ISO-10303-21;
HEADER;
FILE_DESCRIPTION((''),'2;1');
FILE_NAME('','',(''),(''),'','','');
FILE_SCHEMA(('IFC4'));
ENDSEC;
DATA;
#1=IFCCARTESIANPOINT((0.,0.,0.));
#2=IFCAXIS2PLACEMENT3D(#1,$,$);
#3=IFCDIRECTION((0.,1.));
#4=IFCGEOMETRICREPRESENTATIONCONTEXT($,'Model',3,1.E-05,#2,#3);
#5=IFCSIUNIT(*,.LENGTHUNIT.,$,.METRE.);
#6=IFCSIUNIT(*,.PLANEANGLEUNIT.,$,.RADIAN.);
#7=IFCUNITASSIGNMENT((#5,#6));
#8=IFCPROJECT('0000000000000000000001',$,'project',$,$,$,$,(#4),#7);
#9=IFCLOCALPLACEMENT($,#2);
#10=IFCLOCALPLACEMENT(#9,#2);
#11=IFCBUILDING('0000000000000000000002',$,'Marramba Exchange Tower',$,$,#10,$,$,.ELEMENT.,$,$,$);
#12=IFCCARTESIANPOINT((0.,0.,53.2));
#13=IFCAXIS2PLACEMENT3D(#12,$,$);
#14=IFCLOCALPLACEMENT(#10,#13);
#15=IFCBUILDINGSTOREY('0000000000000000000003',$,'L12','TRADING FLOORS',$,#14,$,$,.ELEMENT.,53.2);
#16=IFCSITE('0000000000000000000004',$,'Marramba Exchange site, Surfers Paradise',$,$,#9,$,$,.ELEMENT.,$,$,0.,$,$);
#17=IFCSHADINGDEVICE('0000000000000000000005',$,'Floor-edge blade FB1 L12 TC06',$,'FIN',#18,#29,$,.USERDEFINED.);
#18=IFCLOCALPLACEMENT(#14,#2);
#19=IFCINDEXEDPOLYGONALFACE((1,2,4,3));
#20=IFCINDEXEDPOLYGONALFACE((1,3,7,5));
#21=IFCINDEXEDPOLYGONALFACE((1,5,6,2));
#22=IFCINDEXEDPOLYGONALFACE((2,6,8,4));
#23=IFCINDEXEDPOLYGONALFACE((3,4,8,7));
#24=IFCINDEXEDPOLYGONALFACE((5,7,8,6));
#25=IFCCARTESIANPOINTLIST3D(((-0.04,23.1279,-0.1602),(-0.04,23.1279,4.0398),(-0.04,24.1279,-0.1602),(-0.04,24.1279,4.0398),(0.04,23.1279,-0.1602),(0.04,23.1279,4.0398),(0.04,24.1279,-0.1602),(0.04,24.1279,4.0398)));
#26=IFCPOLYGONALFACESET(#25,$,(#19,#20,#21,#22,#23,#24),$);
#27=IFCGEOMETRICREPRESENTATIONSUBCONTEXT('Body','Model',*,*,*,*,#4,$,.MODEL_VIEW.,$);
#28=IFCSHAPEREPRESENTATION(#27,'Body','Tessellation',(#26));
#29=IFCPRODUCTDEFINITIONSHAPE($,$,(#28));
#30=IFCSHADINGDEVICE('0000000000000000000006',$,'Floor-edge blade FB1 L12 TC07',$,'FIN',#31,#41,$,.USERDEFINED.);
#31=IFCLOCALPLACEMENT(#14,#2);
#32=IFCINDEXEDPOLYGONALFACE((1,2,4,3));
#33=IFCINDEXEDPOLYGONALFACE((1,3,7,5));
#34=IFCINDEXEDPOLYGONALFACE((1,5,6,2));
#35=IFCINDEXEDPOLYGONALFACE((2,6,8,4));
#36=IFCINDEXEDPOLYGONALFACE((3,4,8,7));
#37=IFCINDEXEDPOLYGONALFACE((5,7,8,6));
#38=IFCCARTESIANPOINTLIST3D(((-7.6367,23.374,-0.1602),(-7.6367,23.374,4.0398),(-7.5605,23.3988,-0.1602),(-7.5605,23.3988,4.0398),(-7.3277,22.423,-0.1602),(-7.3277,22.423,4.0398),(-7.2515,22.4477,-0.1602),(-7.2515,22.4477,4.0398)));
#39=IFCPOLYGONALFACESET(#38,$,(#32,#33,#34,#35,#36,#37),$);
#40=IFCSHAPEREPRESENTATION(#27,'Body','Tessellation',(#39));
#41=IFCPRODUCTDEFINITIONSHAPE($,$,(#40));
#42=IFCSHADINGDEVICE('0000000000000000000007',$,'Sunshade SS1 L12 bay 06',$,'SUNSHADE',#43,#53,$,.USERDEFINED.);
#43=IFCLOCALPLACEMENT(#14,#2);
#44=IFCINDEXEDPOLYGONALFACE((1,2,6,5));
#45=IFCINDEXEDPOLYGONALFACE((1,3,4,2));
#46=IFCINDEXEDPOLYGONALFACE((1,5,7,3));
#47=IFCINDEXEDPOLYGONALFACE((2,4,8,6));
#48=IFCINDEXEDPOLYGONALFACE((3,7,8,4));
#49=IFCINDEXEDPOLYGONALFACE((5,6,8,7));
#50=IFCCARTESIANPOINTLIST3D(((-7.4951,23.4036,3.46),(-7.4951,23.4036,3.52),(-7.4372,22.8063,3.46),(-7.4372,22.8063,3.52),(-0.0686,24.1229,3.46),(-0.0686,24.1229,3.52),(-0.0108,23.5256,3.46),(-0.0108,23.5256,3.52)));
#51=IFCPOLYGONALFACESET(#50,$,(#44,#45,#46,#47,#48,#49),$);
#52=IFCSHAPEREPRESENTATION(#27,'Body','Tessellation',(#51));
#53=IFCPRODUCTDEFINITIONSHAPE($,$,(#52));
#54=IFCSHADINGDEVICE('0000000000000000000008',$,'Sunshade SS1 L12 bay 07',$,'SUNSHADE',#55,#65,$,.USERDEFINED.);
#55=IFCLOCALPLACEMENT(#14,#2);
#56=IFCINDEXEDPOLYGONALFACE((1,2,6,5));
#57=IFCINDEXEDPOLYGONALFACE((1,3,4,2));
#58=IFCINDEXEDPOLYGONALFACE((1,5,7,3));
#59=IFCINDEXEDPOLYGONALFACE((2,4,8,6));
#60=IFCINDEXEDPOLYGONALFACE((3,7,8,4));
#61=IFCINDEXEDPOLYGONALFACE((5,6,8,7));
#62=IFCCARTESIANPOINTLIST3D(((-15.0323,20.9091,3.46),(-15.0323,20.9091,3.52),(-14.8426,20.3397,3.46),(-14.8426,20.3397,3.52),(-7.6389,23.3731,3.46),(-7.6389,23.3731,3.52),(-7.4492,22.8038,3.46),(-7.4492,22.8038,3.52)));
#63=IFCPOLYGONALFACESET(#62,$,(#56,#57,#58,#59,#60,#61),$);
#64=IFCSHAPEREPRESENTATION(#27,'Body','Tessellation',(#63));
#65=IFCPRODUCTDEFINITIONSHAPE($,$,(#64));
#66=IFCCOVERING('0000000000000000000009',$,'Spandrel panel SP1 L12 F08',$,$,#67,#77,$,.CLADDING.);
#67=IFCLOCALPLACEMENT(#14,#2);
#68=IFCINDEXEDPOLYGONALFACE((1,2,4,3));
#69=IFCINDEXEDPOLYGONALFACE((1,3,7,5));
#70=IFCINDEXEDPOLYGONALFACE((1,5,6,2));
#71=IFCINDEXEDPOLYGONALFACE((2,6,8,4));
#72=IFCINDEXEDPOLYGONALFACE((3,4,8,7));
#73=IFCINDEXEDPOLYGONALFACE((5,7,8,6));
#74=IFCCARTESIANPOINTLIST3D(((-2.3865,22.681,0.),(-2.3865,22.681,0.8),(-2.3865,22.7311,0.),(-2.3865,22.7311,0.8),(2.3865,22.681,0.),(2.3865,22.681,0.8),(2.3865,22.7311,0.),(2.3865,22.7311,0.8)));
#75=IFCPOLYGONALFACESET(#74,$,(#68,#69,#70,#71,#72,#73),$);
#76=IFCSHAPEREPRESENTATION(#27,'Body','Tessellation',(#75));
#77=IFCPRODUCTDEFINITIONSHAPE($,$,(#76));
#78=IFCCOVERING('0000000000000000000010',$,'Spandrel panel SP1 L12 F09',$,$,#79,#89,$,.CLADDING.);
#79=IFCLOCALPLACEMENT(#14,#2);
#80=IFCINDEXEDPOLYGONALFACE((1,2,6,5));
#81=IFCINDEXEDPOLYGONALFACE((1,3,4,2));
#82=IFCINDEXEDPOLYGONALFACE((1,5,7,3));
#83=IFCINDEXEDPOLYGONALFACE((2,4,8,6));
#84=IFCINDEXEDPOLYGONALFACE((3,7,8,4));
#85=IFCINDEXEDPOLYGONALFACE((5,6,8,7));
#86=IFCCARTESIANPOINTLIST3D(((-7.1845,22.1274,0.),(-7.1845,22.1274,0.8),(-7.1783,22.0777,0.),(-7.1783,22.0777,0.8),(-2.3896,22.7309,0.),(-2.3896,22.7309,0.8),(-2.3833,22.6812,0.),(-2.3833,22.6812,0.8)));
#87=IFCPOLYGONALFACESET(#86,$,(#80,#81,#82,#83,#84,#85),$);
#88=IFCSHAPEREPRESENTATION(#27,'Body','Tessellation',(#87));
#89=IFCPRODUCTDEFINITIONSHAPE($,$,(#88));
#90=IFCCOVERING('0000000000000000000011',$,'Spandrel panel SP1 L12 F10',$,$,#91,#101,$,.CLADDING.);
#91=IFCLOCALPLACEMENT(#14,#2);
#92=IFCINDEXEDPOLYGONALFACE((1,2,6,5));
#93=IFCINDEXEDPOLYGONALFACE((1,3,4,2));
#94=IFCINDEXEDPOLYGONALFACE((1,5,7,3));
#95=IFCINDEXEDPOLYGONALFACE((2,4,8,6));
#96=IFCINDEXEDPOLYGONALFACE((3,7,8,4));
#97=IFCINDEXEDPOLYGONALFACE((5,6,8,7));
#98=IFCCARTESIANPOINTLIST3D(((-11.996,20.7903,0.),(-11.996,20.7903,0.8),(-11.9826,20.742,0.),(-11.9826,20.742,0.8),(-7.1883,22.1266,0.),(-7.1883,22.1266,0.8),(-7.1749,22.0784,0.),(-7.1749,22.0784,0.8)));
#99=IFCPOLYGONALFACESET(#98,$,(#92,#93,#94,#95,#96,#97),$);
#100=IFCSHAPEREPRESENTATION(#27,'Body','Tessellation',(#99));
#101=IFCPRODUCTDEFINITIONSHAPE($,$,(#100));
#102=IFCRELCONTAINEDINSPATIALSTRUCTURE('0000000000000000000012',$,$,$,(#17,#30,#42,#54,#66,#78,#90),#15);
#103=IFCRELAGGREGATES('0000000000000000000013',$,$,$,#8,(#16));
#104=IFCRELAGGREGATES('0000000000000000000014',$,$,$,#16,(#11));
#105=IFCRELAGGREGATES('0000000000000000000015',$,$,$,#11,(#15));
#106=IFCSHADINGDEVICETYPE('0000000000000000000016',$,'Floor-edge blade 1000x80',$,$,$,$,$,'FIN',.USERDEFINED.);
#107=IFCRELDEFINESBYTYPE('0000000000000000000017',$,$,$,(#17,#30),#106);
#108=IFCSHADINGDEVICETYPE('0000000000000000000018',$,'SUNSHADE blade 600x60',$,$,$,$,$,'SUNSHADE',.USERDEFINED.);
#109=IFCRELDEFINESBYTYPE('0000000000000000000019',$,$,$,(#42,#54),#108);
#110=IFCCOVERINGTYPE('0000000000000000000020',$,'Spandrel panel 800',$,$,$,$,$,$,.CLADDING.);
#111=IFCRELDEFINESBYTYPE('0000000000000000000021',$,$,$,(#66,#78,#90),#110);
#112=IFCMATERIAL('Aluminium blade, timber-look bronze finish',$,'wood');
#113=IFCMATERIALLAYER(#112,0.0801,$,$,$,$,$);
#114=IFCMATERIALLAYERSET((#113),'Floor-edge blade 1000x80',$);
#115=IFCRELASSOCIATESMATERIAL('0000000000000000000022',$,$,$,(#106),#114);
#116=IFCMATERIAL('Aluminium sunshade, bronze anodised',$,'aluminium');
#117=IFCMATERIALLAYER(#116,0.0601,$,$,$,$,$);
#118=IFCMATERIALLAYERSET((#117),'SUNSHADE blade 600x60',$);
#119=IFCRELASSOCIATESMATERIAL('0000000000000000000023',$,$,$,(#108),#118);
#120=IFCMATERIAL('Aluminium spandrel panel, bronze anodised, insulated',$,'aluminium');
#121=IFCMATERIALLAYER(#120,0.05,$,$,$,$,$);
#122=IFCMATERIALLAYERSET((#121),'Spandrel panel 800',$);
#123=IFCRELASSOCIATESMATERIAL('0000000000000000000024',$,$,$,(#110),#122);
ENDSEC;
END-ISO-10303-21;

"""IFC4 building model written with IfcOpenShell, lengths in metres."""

from ifc_helpers import new_model, si_unit, direction, frame, origin, origin_2d, place, context, subcontext, project, spatial, rectangle, extrude, material, layer, layer_set, type_object, element, save


model = new_model("IFC4")

# Units and contexts
model_context = context("Model", 3, precision=1e-05, world=origin(), true_north=direction((0.0, 1.0)))
body_context = subcontext(model_context, "Body", "Model", "MODEL_VIEW")
ifc_project = project(units=[si_unit("LENGTHUNIT", "METRE"), si_unit("PLANEANGLEUNIT", "RADIAN")], contexts=[model_context])

# Site, building, storey
site_placement = place(None, origin())
site = spatial("IfcSite", under=ifc_project, at=site_placement, Name="Marramba Exchange site, Surfers Paradise", CompositionType="ELEMENT", RefElevation=0.0)
building_placement = place(site_placement, origin())
building = spatial("IfcBuilding", under=site, at=building_placement, Name="Marramba Exchange Tower", CompositionType="ELEMENT")
storey_placement = place(building_placement, frame((0.0, 0.0, 53.2)))
storey = spatial("IfcBuildingStorey", under=building, at=storey_placement, Name="L12", Description="TRADING FLOORS", CompositionType="ELEMENT", Elevation=53.2)

# Shading devices
ifc_material_1 = material(Name="Aluminium blade, timber-look bronze finish", Category="wood")
ifc_layer_1 = layer(ifc_material_1, 0.0801)
ifc_layer_set_1 = layer_set([ifc_layer_1], Name="Floor-edge blade 1000x80")
shading_device_type_1 = type_object("IfcShadingDeviceType", Name="Floor-edge blade 1000x80", ElementType="FIN", PredefinedType="USERDEFINED", material=ifc_layer_set_1)
for number, where, z_axis, x_axis, name in (
    (1, (0.0, 23.6279, -0.1602), (0.0, 0.0, 1.0), (0.0, 1.0, 0.0), "Floor-edge blade FB1 L12 TC06"),
    (2, (-7.4441, 22.9109, -0.1602), (0.0, 0.0, 1.0), (-0.309017, 0.951057, 0.0), "Floor-edge blade FB1 L12 TC07"),
):
    element("IfcShadingDevice", number, at=place(storey_placement, frame(where, z_axis=z_axis, x_axis=x_axis)), inside=storey, type_object=shading_device_type_1, Name=name, ObjectType="FIN", PredefinedType="USERDEFINED", context=body_context, shape_type="SweptSolid", body=[
        extrude(rectangle(XDim=1.0, YDim=0.0801, at=origin_2d()), origin(), (0.0, 0.0, 1.0), 4.2),
    ])
ifc_material_2 = material(Name="Aluminium sunshade, bronze anodised", Category="aluminium")
ifc_layer_2 = layer(ifc_material_2, 0.0601)
ifc_layer_set_2 = layer_set([ifc_layer_2], Name="SUNSHADE blade 600x60")
shading_device_type_2 = type_object("IfcShadingDeviceType", Name="SUNSHADE blade 600x60", ElementType="SUNSHADE", PredefinedType="USERDEFINED", material=ifc_layer_set_2)
shading_device_1_placement = place(storey_placement, frame((-3.7529, 23.4646, 3.46), z_axis=(0.0, 0.0, 1.0), x_axis=(-0.995343, -0.096398, 0.0)))
element("IfcShadingDevice", 3, at=shading_device_1_placement, inside=storey, type_object=shading_device_type_2, Name="Sunshade SS1 L12 bay 06", ObjectType="SUNSHADE", PredefinedType="USERDEFINED", context=body_context, shape_type="SweptSolid", body=[
    extrude(rectangle(XDim=7.4612, YDim=0.6001, at=origin_2d()), origin(), (0.0, 0.0, 1.0), 0.0601),
])
shading_device_2_placement = place(storey_placement, frame((-11.2407, 21.8564, 3.46), z_axis=(0.0, 0.0, 1.0), x_axis=(-0.948698, -0.316184, 0.0)))
element("IfcShadingDevice", 4, at=shading_device_2_placement, inside=storey, type_object=shading_device_type_2, Name="Sunshade SS1 L12 bay 07", ObjectType="SUNSHADE", PredefinedType="USERDEFINED", context=body_context, shape_type="SweptSolid", body=[
    extrude(rectangle(XDim=7.7932, YDim=0.6001, at=origin_2d()), origin(), (0.0, 0.0, 1.0), 0.0601),
])

# Coverings
ifc_material_3 = material(Name="Aluminium spandrel panel, bronze anodised, insulated", Category="aluminium")
ifc_layer_3 = layer(ifc_material_3, 0.05)
ifc_layer_set_3 = layer_set([ifc_layer_3], Name="Spandrel panel 800")
covering_type = type_object("IfcCoveringType", Name="Spandrel panel 800", PredefinedType="CLADDING", material=ifc_layer_set_3)
covering_1_placement = place(storey_placement, frame((0.0, 22.7061, 0.0), z_axis=(0.0, 0.0, 1.0), x_axis=(-1.0, 0.0, 0.0)))
element("IfcCovering", 5, at=covering_1_placement, inside=storey, type_object=covering_type, Name="Spandrel panel SP1 L12 F08", PredefinedType="CLADDING", context=body_context, shape_type="SweptSolid", body=[
    extrude(rectangle(XDim=4.7729, YDim=0.05, at=origin_2d()), origin(), (0.0, 0.0, 1.0), 0.8),
])
covering_2_placement = place(storey_placement, frame((-4.7839, 22.4043, 0.0), z_axis=(0.0, 0.0, 1.0), x_axis=(-0.992173, -0.124873, 0.0)))
element("IfcCovering", 6, at=covering_2_placement, inside=storey, type_object=covering_type, Name="Spandrel panel SP1 L12 F09", PredefinedType="CLADDING", context=body_context, shape_type="SweptSolid", body=[
    extrude(rectangle(XDim=4.8328, YDim=0.05, at=origin_2d()), origin(), (0.0, 0.0, 1.0), 0.8),
])
covering_3_placement = place(storey_placement, frame((-9.5854, 21.4343, 0.0), z_axis=(0.0, 0.0, 1.0), x_axis=(-0.963472, -0.267809, 0.0)))
element("IfcCovering", 7, at=covering_3_placement, inside=storey, type_object=covering_type, Name="Spandrel panel SP1 L12 F10", PredefinedType="CLADDING", context=body_context, shape_type="SweptSolid", body=[
    extrude(rectangle(XDim=4.99, YDim=0.05, at=origin_2d()), origin(), (0.0, 0.0, 1.0), 0.8),
])

save(model, "model.ifc")
